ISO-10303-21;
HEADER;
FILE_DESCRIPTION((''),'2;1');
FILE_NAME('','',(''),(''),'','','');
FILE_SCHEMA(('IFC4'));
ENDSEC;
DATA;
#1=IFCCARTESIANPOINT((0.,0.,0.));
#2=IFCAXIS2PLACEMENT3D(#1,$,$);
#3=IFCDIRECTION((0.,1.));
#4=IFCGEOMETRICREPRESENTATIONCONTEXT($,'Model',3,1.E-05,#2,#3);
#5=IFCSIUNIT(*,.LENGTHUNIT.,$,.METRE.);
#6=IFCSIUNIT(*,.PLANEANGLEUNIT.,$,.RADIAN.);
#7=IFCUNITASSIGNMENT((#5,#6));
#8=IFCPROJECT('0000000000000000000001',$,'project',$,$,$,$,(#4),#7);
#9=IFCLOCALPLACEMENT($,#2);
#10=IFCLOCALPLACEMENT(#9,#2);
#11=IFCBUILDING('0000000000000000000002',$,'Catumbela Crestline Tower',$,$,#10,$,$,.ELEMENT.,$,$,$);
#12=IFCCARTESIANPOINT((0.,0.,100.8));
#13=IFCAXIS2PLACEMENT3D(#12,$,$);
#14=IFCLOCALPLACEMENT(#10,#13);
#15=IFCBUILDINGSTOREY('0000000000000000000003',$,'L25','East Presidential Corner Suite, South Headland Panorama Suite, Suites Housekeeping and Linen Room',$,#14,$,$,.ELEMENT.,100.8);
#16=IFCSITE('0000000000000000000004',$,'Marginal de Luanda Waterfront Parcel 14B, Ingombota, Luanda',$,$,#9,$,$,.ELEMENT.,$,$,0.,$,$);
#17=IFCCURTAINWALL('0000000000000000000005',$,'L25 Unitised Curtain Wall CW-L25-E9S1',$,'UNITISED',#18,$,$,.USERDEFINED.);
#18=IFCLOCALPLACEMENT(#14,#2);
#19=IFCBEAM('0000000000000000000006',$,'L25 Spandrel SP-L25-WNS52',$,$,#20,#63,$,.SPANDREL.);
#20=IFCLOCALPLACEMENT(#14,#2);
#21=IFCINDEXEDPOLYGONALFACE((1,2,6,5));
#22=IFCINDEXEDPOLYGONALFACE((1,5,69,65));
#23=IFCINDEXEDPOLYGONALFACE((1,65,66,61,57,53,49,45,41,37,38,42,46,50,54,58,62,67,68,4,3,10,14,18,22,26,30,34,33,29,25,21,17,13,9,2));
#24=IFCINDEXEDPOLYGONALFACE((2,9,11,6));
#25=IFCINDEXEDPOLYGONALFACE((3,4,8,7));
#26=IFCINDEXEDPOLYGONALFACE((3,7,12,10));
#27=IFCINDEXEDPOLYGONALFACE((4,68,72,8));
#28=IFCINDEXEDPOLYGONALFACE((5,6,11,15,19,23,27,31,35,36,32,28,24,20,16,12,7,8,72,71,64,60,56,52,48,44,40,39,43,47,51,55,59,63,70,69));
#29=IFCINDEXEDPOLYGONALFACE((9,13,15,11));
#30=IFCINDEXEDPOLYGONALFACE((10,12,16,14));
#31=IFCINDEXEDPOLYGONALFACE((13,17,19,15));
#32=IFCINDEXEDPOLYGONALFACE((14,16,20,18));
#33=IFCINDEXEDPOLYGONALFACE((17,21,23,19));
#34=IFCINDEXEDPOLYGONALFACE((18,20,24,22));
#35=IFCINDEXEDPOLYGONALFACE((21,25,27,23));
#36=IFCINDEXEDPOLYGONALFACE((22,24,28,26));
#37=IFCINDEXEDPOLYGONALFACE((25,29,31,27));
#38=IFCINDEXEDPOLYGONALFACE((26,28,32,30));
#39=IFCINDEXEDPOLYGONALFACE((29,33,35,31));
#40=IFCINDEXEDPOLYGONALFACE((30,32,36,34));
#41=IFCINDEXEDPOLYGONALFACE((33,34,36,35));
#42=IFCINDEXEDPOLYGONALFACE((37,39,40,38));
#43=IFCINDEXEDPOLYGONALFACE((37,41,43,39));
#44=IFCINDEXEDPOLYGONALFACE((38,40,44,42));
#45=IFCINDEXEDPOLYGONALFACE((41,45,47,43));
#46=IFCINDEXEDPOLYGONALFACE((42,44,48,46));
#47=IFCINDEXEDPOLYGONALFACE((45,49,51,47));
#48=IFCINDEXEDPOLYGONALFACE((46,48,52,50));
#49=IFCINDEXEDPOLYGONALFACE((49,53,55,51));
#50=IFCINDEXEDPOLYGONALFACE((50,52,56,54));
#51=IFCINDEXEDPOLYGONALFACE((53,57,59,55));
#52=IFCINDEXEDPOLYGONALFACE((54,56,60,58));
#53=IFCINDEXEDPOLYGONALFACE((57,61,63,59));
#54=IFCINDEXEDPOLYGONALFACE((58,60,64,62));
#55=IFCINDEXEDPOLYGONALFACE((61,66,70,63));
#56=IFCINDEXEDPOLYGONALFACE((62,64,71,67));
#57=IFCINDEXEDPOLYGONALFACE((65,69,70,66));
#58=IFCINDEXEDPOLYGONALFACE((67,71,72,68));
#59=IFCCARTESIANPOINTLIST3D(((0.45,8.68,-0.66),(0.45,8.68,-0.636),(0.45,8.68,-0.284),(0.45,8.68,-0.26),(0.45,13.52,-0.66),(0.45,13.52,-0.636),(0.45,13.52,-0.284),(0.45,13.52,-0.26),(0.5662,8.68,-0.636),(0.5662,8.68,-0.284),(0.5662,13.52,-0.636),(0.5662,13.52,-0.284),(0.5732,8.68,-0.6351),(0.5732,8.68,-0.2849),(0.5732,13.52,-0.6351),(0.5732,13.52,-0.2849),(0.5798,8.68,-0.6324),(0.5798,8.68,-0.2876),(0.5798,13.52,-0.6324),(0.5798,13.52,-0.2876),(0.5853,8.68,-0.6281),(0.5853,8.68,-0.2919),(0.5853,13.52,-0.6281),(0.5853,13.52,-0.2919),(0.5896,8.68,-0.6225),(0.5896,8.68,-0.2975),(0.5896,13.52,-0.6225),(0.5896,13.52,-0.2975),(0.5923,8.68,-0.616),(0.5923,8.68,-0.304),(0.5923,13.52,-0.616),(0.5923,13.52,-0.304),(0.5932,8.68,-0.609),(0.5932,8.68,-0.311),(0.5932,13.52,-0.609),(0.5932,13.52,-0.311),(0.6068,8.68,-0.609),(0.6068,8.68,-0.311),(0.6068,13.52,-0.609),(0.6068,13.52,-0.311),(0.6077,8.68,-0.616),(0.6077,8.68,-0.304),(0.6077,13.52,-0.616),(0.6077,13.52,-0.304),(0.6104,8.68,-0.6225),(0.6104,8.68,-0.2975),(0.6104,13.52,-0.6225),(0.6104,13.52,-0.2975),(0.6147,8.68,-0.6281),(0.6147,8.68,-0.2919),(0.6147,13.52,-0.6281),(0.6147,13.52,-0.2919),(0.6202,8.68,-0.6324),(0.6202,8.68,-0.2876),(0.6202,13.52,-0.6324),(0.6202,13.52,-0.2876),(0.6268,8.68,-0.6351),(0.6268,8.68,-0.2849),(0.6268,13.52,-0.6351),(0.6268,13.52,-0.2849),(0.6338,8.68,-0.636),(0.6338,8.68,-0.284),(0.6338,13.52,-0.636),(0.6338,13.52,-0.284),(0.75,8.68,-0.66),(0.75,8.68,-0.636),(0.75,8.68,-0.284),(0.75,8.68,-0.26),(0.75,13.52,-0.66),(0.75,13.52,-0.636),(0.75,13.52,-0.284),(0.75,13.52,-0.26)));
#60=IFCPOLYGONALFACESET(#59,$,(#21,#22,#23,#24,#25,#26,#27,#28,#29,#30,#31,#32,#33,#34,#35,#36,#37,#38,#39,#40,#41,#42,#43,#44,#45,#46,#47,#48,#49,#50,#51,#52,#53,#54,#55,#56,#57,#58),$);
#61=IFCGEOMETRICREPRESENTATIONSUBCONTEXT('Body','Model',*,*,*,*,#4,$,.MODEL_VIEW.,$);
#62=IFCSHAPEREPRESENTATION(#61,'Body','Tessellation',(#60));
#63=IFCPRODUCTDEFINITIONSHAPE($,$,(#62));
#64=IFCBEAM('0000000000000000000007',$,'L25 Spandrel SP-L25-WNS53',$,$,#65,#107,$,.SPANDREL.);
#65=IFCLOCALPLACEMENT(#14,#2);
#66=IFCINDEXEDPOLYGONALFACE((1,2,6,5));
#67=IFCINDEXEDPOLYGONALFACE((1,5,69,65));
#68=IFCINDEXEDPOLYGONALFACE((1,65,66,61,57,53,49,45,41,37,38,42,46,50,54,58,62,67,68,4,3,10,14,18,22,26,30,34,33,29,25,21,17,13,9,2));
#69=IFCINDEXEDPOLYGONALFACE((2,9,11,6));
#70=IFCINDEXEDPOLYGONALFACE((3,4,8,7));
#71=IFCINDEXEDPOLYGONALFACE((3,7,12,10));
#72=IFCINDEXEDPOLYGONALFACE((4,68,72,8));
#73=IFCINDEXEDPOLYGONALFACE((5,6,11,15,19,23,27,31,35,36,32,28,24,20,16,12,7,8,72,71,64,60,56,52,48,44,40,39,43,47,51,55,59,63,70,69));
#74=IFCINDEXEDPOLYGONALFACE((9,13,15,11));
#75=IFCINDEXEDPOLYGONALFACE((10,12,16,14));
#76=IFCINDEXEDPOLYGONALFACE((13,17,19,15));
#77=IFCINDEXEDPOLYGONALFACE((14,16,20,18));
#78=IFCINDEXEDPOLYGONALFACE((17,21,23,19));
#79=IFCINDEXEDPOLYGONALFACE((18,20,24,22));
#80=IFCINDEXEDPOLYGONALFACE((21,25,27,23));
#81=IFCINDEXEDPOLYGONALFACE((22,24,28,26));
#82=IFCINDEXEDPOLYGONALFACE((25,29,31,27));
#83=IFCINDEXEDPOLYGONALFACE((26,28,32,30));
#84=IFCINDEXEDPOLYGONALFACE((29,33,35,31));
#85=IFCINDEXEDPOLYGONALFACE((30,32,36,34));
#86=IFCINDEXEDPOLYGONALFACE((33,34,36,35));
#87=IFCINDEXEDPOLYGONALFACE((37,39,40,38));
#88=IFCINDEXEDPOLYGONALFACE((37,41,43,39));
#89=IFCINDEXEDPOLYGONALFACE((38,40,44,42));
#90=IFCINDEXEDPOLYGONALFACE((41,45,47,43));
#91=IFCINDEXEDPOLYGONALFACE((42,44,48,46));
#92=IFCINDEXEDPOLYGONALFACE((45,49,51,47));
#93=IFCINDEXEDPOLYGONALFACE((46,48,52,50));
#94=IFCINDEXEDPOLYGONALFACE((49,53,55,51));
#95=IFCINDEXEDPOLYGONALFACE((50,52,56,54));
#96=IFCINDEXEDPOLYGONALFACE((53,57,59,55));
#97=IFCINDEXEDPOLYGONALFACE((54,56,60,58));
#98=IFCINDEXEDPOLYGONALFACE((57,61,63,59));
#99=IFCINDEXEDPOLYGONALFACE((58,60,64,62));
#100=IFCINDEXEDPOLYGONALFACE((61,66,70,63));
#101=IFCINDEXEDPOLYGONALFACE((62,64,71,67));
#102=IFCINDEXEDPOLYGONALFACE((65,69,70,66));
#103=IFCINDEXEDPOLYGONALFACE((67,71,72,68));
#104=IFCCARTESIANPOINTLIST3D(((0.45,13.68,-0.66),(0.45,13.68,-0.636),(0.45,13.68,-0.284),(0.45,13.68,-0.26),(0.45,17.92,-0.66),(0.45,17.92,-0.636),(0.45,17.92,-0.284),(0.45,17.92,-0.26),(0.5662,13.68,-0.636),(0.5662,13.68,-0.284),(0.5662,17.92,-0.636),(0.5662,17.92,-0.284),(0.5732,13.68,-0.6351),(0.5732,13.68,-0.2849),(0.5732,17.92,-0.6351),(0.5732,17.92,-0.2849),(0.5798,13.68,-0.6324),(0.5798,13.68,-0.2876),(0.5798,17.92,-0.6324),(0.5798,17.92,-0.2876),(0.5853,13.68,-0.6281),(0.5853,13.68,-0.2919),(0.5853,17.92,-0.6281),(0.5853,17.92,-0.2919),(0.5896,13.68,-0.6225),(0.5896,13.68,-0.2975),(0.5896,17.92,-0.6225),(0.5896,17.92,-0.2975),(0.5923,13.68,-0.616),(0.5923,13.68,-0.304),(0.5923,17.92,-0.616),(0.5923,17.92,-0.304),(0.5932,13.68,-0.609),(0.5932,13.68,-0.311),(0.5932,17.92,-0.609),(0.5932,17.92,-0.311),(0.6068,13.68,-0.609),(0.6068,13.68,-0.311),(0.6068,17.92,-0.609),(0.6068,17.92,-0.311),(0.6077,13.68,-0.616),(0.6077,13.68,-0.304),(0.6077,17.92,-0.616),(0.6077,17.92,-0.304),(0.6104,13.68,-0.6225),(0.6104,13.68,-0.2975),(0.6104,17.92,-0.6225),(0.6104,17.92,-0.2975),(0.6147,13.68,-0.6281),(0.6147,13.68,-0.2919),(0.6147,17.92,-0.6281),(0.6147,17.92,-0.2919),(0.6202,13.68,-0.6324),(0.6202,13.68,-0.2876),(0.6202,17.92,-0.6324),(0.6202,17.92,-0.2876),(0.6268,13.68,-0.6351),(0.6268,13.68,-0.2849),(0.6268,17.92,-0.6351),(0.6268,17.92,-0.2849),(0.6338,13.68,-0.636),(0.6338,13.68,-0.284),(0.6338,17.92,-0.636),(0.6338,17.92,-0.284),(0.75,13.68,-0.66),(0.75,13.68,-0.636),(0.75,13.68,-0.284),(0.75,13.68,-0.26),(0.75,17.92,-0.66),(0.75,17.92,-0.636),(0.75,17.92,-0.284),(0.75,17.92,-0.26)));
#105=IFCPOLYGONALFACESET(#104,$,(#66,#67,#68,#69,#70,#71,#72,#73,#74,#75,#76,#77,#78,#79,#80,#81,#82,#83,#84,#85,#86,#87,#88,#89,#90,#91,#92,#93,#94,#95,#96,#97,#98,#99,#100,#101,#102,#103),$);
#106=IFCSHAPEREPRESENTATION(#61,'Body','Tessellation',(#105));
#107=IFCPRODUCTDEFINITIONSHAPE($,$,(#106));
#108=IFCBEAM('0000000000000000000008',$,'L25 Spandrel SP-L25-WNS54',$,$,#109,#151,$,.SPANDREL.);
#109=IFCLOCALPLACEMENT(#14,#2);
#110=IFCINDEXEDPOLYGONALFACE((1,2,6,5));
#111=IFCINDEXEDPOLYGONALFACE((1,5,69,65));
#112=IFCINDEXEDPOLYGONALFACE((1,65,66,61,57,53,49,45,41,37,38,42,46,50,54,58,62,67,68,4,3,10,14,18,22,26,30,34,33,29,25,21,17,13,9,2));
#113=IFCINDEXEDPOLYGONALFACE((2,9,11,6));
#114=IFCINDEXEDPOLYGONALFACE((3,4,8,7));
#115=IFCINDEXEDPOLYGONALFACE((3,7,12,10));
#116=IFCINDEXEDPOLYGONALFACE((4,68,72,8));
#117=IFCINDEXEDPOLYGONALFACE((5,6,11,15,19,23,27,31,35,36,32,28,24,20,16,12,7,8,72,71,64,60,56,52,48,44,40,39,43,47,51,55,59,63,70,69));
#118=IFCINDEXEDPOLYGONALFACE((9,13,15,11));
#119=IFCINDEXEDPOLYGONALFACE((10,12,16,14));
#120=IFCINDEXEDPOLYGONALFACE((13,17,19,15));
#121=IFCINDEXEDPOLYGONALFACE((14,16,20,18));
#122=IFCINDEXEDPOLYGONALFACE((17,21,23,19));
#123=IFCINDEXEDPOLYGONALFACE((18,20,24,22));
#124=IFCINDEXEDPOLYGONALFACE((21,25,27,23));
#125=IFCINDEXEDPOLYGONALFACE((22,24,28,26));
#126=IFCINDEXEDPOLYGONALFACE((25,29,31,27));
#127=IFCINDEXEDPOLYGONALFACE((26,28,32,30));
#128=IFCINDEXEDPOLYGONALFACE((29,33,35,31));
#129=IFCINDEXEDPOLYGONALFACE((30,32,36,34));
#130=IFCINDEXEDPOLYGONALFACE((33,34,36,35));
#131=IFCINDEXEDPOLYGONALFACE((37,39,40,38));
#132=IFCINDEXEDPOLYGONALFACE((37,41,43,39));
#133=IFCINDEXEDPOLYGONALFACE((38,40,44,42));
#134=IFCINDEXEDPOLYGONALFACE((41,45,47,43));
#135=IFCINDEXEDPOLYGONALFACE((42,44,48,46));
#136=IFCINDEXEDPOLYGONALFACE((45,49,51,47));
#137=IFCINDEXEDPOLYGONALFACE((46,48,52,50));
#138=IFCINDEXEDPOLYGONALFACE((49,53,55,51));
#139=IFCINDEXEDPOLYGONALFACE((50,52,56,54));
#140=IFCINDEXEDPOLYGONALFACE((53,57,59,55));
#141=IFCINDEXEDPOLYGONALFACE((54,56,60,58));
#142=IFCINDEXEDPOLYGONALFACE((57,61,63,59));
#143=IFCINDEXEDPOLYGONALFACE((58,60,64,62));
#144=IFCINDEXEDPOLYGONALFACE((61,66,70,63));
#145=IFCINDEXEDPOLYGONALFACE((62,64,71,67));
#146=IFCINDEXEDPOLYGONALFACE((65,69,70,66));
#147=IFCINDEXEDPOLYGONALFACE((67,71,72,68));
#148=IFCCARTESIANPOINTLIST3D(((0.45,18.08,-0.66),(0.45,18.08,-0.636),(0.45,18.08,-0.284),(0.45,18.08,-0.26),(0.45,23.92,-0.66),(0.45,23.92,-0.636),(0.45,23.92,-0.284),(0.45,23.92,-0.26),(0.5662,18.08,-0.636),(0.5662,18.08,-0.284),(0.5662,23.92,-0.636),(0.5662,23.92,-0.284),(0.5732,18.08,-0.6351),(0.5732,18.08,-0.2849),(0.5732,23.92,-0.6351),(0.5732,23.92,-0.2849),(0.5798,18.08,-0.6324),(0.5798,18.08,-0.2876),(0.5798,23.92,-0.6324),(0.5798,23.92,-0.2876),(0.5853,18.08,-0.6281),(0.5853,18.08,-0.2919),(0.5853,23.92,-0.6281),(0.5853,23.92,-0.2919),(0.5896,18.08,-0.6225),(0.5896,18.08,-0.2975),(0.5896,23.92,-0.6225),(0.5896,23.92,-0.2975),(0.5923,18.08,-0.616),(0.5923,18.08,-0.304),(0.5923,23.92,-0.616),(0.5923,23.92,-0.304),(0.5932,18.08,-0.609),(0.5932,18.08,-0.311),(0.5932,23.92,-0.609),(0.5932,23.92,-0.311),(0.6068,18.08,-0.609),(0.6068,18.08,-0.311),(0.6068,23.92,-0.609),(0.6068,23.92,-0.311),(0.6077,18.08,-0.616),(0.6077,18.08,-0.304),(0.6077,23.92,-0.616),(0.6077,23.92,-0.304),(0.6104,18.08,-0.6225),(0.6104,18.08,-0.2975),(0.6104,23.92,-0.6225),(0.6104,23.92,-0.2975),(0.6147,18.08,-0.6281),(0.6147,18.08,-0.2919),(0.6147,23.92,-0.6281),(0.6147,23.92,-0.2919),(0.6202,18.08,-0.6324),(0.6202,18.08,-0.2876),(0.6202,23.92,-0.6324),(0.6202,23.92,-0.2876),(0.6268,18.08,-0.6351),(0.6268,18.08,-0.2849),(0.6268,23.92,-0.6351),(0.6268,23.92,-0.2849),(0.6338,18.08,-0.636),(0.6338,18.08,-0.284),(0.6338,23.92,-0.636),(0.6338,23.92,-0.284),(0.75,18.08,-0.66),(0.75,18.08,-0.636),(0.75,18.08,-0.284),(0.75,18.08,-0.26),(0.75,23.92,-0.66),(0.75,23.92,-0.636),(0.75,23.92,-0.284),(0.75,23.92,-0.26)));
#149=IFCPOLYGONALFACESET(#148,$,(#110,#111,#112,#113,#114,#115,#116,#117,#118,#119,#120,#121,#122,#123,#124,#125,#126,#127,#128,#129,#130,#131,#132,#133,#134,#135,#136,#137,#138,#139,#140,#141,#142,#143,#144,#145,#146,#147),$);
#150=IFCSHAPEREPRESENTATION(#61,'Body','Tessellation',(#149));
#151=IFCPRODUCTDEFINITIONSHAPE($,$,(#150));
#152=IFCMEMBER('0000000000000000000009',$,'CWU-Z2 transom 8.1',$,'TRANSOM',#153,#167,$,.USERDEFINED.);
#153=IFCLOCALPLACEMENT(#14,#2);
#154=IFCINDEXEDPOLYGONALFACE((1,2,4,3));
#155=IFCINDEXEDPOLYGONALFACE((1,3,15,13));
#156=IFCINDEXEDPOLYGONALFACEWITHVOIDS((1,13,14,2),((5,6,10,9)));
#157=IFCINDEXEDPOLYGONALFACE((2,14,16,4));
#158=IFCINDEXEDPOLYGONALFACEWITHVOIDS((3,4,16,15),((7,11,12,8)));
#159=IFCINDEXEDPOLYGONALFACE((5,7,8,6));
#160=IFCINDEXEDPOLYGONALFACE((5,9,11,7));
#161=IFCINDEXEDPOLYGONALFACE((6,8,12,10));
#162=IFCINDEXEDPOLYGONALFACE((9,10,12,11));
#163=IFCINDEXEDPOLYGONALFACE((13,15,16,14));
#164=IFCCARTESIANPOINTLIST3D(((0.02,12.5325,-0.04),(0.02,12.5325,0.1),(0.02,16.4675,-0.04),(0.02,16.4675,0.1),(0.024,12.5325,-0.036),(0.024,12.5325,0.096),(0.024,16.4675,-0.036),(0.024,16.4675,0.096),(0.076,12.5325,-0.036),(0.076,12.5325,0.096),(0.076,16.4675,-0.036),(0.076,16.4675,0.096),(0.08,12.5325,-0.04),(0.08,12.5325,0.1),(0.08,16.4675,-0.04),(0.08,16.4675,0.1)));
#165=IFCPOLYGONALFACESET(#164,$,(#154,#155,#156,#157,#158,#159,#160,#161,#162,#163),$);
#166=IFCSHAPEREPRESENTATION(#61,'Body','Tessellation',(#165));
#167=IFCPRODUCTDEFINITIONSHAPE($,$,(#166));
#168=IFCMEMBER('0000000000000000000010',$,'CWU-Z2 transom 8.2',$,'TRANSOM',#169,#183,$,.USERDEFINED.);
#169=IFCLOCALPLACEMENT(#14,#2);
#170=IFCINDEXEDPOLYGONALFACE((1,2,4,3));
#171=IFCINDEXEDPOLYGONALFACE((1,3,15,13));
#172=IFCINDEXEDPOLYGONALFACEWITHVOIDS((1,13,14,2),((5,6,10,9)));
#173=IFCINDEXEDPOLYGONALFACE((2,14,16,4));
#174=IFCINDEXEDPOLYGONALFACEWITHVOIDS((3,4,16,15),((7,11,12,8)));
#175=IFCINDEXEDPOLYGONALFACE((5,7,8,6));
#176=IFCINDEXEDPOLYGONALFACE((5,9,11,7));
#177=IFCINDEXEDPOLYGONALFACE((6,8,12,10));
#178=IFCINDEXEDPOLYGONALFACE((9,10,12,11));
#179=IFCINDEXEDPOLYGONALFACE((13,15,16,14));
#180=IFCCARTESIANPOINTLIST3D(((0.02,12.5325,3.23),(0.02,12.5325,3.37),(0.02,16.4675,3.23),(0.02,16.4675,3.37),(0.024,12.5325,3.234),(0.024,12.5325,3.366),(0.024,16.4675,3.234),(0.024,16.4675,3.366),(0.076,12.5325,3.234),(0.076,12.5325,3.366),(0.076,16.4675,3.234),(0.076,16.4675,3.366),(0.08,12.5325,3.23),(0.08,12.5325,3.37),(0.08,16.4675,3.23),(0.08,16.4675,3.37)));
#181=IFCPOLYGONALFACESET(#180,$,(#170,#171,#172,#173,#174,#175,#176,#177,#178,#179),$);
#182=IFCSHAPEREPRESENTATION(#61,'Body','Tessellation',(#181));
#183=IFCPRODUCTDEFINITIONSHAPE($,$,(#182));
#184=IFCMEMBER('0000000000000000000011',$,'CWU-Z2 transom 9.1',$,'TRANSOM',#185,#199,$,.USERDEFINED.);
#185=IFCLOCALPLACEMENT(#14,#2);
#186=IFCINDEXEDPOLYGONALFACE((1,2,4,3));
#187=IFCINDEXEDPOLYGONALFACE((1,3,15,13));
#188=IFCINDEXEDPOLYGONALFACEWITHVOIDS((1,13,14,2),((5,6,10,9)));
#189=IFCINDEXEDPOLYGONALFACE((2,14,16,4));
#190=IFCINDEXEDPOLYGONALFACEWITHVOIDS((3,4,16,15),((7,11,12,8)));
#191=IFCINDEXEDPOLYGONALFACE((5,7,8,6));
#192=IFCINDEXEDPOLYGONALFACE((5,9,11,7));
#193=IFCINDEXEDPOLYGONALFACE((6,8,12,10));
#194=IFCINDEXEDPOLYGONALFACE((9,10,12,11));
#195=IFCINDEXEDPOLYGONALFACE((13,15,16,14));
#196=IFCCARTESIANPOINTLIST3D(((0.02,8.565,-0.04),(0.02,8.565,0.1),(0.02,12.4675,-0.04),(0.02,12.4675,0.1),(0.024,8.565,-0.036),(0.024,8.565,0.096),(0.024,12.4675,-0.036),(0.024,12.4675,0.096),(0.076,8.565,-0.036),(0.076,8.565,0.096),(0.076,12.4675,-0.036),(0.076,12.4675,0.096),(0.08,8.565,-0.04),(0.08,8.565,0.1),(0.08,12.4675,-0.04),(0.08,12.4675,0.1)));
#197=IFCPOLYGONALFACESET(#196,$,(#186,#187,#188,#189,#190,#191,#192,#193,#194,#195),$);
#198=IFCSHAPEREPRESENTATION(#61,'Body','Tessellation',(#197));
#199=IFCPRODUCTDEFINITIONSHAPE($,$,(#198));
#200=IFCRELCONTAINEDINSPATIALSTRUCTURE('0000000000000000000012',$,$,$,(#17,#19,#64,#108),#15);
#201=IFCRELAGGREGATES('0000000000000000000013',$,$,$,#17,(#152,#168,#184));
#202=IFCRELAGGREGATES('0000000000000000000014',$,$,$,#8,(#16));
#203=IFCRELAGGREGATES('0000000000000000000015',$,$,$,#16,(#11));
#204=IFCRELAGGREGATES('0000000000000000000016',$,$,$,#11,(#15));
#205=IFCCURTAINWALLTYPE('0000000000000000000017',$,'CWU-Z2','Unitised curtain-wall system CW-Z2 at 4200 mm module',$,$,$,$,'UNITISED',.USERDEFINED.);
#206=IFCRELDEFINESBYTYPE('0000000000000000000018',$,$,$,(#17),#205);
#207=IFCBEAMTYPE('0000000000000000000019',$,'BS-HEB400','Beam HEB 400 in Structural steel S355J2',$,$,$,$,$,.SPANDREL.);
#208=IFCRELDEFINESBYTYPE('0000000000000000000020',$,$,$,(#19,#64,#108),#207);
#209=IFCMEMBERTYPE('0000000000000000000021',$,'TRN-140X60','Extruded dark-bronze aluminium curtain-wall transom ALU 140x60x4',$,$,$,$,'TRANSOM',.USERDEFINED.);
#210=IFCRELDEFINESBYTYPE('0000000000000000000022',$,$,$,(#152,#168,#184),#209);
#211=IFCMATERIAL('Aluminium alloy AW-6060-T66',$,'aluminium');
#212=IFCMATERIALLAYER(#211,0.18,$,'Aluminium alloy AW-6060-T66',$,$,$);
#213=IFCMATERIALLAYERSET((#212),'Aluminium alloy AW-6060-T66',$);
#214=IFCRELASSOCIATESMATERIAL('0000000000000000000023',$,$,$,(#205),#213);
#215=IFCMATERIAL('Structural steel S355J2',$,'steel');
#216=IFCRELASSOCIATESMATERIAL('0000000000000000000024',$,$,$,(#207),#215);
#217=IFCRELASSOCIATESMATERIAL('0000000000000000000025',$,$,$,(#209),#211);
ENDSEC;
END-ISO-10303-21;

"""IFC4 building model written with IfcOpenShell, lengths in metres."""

from ifc_helpers import new_model, si_unit, direction, frame, origin, origin_2d, place, context, subcontext, project, spatial, hollow_rectangle, i_section, extrude, material, layer, layer_set, material_profile, profile_set, type_object, element, aggregate, save


model = new_model("IFC4")

# Units and contexts
model_context = context("Model", 3, precision=1e-05, world=origin(), true_north=direction((0.0, 1.0)))
body_context = subcontext(model_context, "Body", "Model", "MODEL_VIEW")
ifc_project = project(units=[si_unit("LENGTHUNIT", "METRE"), si_unit("PLANEANGLEUNIT", "RADIAN")], contexts=[model_context])

# Site, building, storey
site_placement = place(None, origin())
site = spatial("IfcSite", under=ifc_project, at=site_placement, Name="Marginal de Luanda Waterfront Parcel 14B, Ingombota, Luanda", CompositionType="ELEMENT", RefElevation=0.0)
building_placement = place(site_placement, origin())
building = spatial("IfcBuilding", under=site, at=building_placement, Name="Catumbela Crestline Tower", CompositionType="ELEMENT")
storey_placement = place(building_placement, frame((0.0, 0.0, 100.8)))
storey = spatial("IfcBuildingStorey", under=building, at=storey_placement, Name="L25", Description="East Presidential Corner Suite, South Headland Panorama Suite, Suites Housekeeping and Linen Room", CompositionType="ELEMENT", Elevation=100.8)

# Shared definitions
ifc_material_1 = material(Name="Structural steel S355J2", Category="steel")

# Curtain wall
ifc_material_2 = material(Name="Aluminium alloy AW-6060-T66", Category="aluminium")
ifc_layer_1 = layer(ifc_material_2, 0.18, Name="Aluminium alloy AW-6060-T66")
ifc_layer_set_1 = layer_set([ifc_layer_1], Name="Aluminium alloy AW-6060-T66")
curtain_wall_type = type_object("IfcCurtainWallType", Name="CWU-Z2", Description="Unitised curtain-wall system CW-Z2 at 4200 mm module", ElementType="UNITISED", PredefinedType="USERDEFINED", material=ifc_layer_set_1)
curtain_wall_placement = place(storey_placement, origin())
curtain_wall = element("IfcCurtainWall", 1, at=curtain_wall_placement, inside=storey, type_object=curtain_wall_type, Name="L25 Unitised Curtain Wall CW-L25-E9S1", ObjectType="UNITISED", PredefinedType="USERDEFINED")

# Beams
ifc_material_profile_1 = material_profile(ifc_material_1, i_section(OverallWidth=0.3, OverallDepth=0.4, WebThickness=0.0135, FlangeThickness=0.024, FilletRadius=0.027, at=origin_2d()), Name="HEB 400")
ifc_profile_set_1 = profile_set([ifc_material_profile_1], Name="Structural steel S355J2")
beam_type_1 = type_object("IfcBeamType", Name="BS-HEB400", Description="Beam HEB 400 in Structural steel S355J2", PredefinedType="SPANDREL", material=ifc_profile_set_1)
beam_1_placement = place(storey_placement, frame((0.6, 8.68, -0.46), z_axis=(0.0, 1.0, 0.0), x_axis=(-1.0, 0.0, 0.0)))
element("IfcBeam", 2, at=beam_1_placement, inside=storey, type_object=beam_type_1, Name="L25 Spandrel SP-L25-WNS52", PredefinedType="SPANDREL", context=body_context, shape_type="SweptSolid", body=[
    extrude(i_section(OverallWidth=0.3, OverallDepth=0.4, WebThickness=0.0135, FlangeThickness=0.024, FilletRadius=0.027, at=origin_2d()), origin(), (0.0, 0.0, 1.0), 4.84),
])
beam_2_placement = place(storey_placement, frame((0.6, 13.68, -0.46), z_axis=(0.0, 1.0, 0.0), x_axis=(-1.0, 0.0, 0.0)))
element("IfcBeam", 3, at=beam_2_placement, inside=storey, type_object=beam_type_1, Name="L25 Spandrel SP-L25-WNS53", PredefinedType="SPANDREL", context=body_context, shape_type="SweptSolid", body=[
    extrude(i_section(OverallWidth=0.3, OverallDepth=0.4, WebThickness=0.0135, FlangeThickness=0.024, FilletRadius=0.027, at=origin_2d()), origin(), (0.0, 0.0, 1.0), 4.24),
])
beam_3_placement = place(storey_placement, frame((0.6, 18.08, -0.46), z_axis=(0.0, 1.0, 0.0), x_axis=(-1.0, 0.0, 0.0)))
element("IfcBeam", 4, at=beam_3_placement, inside=storey, type_object=beam_type_1, Name="L25 Spandrel SP-L25-WNS54", PredefinedType="SPANDREL", context=body_context, shape_type="SweptSolid", body=[
    extrude(i_section(OverallWidth=0.3, OverallDepth=0.4, WebThickness=0.0135, FlangeThickness=0.024, FilletRadius=0.027, at=origin_2d()), origin(), (0.0, 0.0, 1.0), 5.84),
])

# Members
ifc_material_profile_2 = material_profile(ifc_material_2, hollow_rectangle(XDim=0.06, YDim=0.14, WallThickness=0.004, at=origin_2d()), Name="ALU 140x60x4")
ifc_profile_set_2 = profile_set([ifc_material_profile_2], Name="Aluminium alloy AW-6060-T66")
member_type_1 = type_object("IfcMemberType", Name="TRN-140X60", Description="Extruded dark-bronze aluminium curtain-wall transom ALU 140x60x4", ElementType="TRANSOM", PredefinedType="USERDEFINED", material=ifc_profile_set_2)
member_1_placement = place(storey_placement, frame((0.05, 16.4675, 0.03), z_axis=(0.0, -1.0, 0.0), x_axis=(1.0, 0.0, 0.0)))
member_1 = element("IfcMember", 5, at=member_1_placement, type_object=member_type_1, Name="CWU-Z2 transom 8.1", ObjectType="TRANSOM", PredefinedType="USERDEFINED", context=body_context, shape_type="SweptSolid", body=[
    extrude(hollow_rectangle(XDim=0.06, YDim=0.14, WallThickness=0.004, at=origin_2d()), origin(), (0.0, 0.0, 1.0), 3.935),
])
member_2_placement = place(storey_placement, frame((0.05, 16.4675, 3.3), z_axis=(0.0, -1.0, 0.0), x_axis=(1.0, 0.0, 0.0)))
member_2 = element("IfcMember", 6, at=member_2_placement, type_object=member_type_1, Name="CWU-Z2 transom 8.2", ObjectType="TRANSOM", PredefinedType="USERDEFINED", context=body_context, shape_type="SweptSolid", body=[
    extrude(hollow_rectangle(XDim=0.06, YDim=0.14, WallThickness=0.004, at=origin_2d()), origin(), (0.0, 0.0, 1.0), 3.935),
])
member_3_placement = place(storey_placement, frame((0.05, 12.4675, 0.03), z_axis=(0.0, -1.0, 0.0), x_axis=(1.0, 0.0, 0.0)))
member_3 = element("IfcMember", 7, at=member_3_placement, type_object=member_type_1, Name="CWU-Z2 transom 9.1", ObjectType="TRANSOM", PredefinedType="USERDEFINED", context=body_context, shape_type="SweptSolid", body=[
    extrude(hollow_rectangle(XDim=0.06, YDim=0.14, WallThickness=0.004, at=origin_2d()), origin(), (0.0, 0.0, 1.0), 3.9025),
])

aggregate(curtain_wall, [member_1, member_2, member_3])

save(model, "model.ifc")
